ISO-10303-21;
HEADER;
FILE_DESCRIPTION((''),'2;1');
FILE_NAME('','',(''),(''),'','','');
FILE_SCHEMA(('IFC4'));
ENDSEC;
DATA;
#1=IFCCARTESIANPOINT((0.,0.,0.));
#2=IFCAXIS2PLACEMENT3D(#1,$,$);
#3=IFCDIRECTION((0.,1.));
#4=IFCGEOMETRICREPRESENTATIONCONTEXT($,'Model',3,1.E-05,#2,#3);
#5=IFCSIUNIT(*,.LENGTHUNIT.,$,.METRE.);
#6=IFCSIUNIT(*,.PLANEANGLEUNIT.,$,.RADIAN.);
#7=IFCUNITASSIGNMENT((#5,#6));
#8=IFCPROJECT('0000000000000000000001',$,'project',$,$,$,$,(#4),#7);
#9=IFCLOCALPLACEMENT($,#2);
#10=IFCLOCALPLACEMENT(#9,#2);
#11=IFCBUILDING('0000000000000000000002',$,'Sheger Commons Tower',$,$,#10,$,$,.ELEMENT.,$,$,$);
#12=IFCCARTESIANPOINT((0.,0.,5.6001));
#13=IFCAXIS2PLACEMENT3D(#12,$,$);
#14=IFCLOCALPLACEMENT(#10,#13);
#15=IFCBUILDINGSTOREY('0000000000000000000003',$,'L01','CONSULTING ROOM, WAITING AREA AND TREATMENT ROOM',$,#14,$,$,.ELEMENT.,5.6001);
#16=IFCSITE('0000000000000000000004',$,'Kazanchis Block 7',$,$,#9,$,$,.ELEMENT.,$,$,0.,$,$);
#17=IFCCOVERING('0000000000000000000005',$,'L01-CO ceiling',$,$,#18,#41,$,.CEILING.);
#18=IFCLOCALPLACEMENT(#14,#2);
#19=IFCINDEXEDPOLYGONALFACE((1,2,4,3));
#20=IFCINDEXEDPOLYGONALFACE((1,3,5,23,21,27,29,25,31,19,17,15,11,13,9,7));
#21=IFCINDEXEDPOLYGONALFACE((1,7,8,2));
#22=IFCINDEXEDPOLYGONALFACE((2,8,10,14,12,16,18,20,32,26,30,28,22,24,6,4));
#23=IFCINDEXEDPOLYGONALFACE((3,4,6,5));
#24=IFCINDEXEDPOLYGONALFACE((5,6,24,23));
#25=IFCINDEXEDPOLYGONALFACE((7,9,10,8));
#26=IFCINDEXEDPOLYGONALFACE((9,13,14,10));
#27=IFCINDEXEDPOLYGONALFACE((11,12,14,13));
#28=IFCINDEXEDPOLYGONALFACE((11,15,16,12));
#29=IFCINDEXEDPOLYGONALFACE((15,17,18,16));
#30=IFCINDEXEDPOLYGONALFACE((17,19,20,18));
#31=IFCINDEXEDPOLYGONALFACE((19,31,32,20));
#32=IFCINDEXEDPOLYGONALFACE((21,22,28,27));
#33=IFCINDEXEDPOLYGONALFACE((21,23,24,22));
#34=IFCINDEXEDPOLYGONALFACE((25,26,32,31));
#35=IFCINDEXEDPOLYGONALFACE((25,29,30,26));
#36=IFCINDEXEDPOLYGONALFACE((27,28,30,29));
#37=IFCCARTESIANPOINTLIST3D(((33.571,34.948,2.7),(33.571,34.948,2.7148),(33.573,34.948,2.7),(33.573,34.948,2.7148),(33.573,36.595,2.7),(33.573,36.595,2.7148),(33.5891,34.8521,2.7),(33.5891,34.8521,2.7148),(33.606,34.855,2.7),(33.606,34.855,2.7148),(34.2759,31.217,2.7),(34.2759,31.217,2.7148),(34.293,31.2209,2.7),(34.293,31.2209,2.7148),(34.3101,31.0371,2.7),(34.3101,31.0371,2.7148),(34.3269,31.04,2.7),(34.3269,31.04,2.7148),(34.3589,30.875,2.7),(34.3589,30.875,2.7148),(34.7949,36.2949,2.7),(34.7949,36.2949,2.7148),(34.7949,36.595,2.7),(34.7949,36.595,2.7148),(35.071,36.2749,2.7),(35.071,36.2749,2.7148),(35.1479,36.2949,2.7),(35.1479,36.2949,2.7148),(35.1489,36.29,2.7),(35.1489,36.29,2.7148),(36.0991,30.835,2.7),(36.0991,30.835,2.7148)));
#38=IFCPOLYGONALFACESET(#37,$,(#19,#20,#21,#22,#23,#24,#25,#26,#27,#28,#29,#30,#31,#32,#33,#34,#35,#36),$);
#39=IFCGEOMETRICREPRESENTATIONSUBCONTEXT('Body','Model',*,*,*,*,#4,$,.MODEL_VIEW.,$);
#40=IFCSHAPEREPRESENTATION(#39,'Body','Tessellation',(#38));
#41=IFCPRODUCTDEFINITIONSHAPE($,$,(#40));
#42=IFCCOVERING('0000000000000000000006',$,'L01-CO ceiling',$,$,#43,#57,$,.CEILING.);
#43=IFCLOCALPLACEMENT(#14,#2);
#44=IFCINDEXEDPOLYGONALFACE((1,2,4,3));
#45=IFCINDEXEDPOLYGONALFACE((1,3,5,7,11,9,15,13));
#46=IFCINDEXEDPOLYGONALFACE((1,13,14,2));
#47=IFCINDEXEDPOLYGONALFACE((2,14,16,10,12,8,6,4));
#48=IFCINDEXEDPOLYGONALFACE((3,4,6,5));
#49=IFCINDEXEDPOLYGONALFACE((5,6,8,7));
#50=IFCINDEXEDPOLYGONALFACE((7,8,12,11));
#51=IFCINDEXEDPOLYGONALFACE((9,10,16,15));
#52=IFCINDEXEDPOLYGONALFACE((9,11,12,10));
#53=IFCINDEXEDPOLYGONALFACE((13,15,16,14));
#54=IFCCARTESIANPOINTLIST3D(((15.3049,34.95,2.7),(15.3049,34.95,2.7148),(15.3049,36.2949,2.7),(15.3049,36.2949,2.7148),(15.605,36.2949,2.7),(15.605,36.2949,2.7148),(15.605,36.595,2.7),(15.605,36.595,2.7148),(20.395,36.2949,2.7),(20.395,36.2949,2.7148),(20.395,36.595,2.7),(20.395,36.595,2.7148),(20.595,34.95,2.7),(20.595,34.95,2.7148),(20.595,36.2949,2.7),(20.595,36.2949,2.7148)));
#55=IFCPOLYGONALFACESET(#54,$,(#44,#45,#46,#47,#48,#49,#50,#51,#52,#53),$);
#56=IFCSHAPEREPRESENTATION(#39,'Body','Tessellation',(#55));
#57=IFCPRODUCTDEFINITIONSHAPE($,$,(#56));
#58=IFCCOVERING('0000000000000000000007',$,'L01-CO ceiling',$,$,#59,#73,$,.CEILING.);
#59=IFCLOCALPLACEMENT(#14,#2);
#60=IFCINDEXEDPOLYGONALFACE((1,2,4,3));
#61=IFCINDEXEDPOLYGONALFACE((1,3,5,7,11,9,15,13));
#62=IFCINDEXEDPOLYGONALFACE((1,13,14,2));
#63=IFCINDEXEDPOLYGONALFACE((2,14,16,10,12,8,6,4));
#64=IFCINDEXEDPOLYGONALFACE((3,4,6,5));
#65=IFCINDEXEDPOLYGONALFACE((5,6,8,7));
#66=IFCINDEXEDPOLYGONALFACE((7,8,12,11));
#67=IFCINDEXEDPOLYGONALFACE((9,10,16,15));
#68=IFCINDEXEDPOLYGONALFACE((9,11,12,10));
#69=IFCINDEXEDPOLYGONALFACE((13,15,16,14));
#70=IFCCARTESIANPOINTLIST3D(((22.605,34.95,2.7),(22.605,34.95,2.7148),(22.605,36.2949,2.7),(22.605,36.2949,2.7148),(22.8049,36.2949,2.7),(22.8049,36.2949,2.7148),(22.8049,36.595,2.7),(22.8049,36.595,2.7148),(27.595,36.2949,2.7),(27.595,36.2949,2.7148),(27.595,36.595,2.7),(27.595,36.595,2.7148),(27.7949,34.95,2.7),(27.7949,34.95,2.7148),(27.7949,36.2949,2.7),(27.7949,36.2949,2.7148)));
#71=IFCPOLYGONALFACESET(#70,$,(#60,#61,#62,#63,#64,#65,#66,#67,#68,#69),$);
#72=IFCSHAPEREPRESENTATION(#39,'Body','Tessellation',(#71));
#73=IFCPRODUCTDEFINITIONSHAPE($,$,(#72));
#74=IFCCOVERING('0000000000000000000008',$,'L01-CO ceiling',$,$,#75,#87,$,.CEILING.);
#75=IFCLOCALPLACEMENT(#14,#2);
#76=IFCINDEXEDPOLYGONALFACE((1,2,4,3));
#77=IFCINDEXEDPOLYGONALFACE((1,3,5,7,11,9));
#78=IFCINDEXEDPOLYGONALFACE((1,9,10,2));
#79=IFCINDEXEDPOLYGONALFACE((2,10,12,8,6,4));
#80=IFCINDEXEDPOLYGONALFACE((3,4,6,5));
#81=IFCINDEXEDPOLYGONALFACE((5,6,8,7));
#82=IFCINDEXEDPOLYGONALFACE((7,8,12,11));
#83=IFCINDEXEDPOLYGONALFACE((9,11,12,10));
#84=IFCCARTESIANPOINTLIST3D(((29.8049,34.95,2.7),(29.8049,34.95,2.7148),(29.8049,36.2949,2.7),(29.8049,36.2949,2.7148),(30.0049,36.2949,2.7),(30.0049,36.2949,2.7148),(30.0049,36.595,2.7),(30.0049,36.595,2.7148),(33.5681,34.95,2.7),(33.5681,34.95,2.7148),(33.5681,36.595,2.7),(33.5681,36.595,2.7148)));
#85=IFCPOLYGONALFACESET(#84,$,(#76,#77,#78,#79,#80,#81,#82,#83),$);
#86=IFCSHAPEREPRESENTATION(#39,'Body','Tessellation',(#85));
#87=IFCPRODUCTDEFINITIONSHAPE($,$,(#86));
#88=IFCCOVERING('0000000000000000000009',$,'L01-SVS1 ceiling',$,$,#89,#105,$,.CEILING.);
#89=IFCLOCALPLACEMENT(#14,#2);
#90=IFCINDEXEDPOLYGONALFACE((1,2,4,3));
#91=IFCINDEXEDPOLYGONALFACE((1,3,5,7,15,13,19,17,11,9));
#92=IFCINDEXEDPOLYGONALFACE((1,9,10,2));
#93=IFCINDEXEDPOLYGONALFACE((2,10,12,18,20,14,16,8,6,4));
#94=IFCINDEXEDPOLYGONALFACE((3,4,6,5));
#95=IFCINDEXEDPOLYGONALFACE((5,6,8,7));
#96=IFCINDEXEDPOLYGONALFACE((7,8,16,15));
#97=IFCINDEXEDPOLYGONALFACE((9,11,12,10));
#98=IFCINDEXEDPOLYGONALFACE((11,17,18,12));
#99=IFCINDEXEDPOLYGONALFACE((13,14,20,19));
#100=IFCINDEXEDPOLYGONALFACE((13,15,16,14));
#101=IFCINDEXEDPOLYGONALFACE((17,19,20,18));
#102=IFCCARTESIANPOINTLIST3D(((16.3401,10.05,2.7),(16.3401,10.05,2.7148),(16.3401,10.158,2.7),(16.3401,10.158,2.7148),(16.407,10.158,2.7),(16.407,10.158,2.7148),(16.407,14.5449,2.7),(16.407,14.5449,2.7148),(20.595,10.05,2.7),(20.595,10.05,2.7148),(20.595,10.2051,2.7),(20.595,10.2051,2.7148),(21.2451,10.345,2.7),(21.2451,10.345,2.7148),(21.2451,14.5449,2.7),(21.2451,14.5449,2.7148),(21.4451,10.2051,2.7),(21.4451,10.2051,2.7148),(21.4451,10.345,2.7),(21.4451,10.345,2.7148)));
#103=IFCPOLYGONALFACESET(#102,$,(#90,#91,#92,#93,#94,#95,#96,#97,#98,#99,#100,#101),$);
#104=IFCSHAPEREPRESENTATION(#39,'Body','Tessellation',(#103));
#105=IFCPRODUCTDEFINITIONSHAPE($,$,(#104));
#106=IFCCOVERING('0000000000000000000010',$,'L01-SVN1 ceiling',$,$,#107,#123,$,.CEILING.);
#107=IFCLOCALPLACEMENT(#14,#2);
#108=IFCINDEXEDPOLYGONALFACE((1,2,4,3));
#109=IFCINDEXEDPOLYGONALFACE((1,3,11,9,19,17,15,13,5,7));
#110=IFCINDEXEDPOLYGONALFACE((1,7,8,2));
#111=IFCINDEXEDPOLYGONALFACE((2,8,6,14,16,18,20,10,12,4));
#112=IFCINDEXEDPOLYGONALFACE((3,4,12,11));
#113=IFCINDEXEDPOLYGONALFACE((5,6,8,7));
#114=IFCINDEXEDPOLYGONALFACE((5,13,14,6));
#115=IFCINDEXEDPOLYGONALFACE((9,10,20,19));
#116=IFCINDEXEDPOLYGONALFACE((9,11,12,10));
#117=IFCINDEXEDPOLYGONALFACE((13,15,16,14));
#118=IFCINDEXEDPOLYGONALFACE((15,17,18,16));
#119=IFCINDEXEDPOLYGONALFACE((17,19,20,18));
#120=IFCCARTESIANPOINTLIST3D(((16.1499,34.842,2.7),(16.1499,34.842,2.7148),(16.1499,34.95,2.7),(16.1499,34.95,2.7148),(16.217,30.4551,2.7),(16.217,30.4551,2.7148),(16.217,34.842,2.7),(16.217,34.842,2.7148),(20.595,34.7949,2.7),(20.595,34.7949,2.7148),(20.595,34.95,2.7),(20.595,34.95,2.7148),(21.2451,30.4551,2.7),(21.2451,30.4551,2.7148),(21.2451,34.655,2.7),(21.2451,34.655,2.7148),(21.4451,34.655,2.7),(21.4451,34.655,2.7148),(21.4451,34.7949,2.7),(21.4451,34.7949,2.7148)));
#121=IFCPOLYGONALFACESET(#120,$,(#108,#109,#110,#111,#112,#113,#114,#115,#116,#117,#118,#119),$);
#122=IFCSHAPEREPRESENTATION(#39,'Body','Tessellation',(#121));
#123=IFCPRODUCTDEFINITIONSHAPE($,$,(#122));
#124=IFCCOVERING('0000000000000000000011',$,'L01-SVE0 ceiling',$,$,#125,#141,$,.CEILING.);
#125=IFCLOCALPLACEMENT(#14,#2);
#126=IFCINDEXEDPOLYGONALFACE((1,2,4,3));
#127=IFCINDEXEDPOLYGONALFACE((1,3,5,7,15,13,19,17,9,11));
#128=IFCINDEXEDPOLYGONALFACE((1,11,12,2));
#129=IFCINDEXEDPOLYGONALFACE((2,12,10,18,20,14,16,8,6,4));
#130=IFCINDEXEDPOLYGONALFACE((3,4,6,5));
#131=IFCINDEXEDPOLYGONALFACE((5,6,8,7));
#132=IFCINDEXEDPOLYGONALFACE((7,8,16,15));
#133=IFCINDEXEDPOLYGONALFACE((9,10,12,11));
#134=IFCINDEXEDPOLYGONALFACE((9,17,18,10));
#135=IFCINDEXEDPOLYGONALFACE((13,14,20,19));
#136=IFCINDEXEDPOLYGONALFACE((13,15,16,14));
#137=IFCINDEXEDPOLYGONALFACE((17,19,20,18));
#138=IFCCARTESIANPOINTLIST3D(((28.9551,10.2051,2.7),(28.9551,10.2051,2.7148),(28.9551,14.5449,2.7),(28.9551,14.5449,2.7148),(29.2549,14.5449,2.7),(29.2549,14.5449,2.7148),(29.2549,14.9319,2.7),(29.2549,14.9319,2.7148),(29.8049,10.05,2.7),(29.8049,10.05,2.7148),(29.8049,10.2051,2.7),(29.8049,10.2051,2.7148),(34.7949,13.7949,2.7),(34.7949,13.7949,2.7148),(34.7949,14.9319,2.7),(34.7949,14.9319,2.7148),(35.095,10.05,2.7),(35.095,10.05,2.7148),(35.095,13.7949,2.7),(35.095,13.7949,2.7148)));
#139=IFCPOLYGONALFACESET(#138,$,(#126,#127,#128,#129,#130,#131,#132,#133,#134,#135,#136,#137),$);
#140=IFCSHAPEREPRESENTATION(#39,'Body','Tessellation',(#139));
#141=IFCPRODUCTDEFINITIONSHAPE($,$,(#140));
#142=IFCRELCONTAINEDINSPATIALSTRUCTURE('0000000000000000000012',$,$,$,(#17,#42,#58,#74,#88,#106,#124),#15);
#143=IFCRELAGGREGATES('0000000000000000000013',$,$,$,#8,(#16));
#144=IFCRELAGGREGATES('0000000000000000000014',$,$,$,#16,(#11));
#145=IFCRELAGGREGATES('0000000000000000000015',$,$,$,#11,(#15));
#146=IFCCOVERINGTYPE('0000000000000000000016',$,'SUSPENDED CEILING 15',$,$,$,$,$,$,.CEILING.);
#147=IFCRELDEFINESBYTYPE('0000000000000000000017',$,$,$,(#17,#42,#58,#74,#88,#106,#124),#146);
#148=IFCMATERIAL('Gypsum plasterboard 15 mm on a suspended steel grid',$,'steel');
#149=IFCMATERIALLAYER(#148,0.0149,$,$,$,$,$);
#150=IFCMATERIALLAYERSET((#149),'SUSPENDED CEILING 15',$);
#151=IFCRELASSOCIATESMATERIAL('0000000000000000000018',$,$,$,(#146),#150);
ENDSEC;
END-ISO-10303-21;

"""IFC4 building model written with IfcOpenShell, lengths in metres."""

from ifc_helpers import new_model, si_unit, direction, frame, origin, place, context, subcontext, project, spatial, polyline, outline, extrude, material, layer, layer_set, type_object, element, save


model = new_model("IFC4")

# Units and contexts
model_context = context("Model", 3, precision=1e-05, world=origin(), true_north=direction((0.0, 1.0)))
body_context = subcontext(model_context, "Body", "Model", "MODEL_VIEW")
ifc_project = project(units=[si_unit("LENGTHUNIT", "METRE"), si_unit("PLANEANGLEUNIT", "RADIAN")], contexts=[model_context])

# Site, building, storey
site_placement = place(None, origin())
site = spatial("IfcSite", under=ifc_project, at=site_placement, Name="Kazanchis Block 7", CompositionType="ELEMENT", RefElevation=0.0)
building_placement = place(site_placement, origin())
building = spatial("IfcBuilding", under=site, at=building_placement, Name="Sheger Commons Tower", CompositionType="ELEMENT")
storey_placement = place(building_placement, frame((0.0, 0.0, 5.6001)))
storey = spatial("IfcBuildingStorey", under=building, at=storey_placement, Name="L01", Description="CONSULTING ROOM, WAITING AREA AND TREATMENT ROOM", CompositionType="ELEMENT", Elevation=5.6001)

# Coverings
ifc_material_1 = material(Name="Gypsum plasterboard 15 mm on a suspended steel grid", Category="steel")
ifc_layer_1 = layer(ifc_material_1, 0.0149)
ifc_layer_set_1 = layer_set([ifc_layer_1], Name="SUSPENDED CEILING 15")
covering_type_1 = type_object("IfcCoveringType", Name="SUSPENDED CEILING 15", PredefinedType="CEILING", material=ifc_layer_set_1)
covering_1_placement = place(storey_placement, frame((0.0, 0.0, 2.7)))
element("IfcCovering", 1, at=covering_1_placement, inside=storey, type_object=covering_type_1, Name="L01-CO ceiling", PredefinedType="CEILING", context=body_context, shape_type="SweptSolid", body=[
    extrude(outline(polyline([(36.0991, 30.835), (35.071, 36.2749), (35.1489, 36.29), (35.1479, 36.2949), (34.7949, 36.2949), (34.7949, 36.595), (33.573, 36.595), (33.573, 34.948), (33.571, 34.948), (33.5891, 34.8521), (33.606, 34.855), (34.293, 31.2209), (34.2759, 31.217), (34.3101, 31.0371), (34.3269, 31.04), (34.3589, 30.875), (36.0991, 30.835)])), origin(), (0.0, 0.0, 1.0), 0.0149),
])
covering_2_placement = place(storey_placement, frame((0.0, 0.0, 2.7)))
element("IfcCovering", 2, at=covering_2_placement, inside=storey, type_object=covering_type_1, Name="L01-CO ceiling", PredefinedType="CEILING", context=body_context, shape_type="SweptSolid", body=[
    extrude(outline(polyline([(15.3049, 34.95), (20.595, 34.95), (20.595, 36.2949), (20.395, 36.2949), (20.395, 36.595), (15.605, 36.595), (15.605, 36.2949), (15.3049, 36.2949), (15.3049, 34.95)])), origin(), (0.0, 0.0, 1.0), 0.0149),
])
covering_3_placement = place(storey_placement, frame((0.0, 0.0, 2.7)))
element("IfcCovering", 3, at=covering_3_placement, inside=storey, type_object=covering_type_1, Name="L01-CO ceiling", PredefinedType="CEILING", context=body_context, shape_type="SweptSolid", body=[
    extrude(outline(polyline([(22.605, 34.95), (27.7949, 34.95), (27.7949, 36.2949), (27.595, 36.2949), (27.595, 36.595), (22.8049, 36.595), (22.8049, 36.2949), (22.605, 36.2949), (22.605, 34.95)])), origin(), (0.0, 0.0, 1.0), 0.0149),
])
covering_4_placement = place(storey_placement, frame((0.0, 0.0, 2.7)))
element("IfcCovering", 4, at=covering_4_placement, inside=storey, type_object=covering_type_1, Name="L01-CO ceiling", PredefinedType="CEILING", context=body_context, shape_type="SweptSolid", body=[
    extrude(outline(polyline([(29.8049, 34.95), (33.5681, 34.95), (33.5681, 36.595), (30.0049, 36.595), (30.0049, 36.2949), (29.8049, 36.2949), (29.8049, 34.95)])), origin(), (0.0, 0.0, 1.0), 0.0149),
])
covering_5_placement = place(storey_placement, frame((0.0, 0.0, 2.7)))
element("IfcCovering", 5, at=covering_5_placement, inside=storey, type_object=covering_type_1, Name="L01-SVS1 ceiling", PredefinedType="CEILING", context=body_context, shape_type="SweptSolid", body=[
    extrude(outline(polyline([(16.3401, 10.05), (20.595, 10.05), (20.595, 10.2051), (21.4451, 10.2051), (21.4451, 10.345), (21.2451, 10.345), (21.2451, 14.5449), (16.407, 14.5449), (16.407, 10.158), (16.3401, 10.158), (16.3401, 10.05)])), origin(), (0.0, 0.0, 1.0), 0.0149),
])
covering_6_placement = place(storey_placement, frame((0.0, 0.0, 2.7)))
element("IfcCovering", 6, at=covering_6_placement, inside=storey, type_object=covering_type_1, Name="L01-SVN1 ceiling", PredefinedType="CEILING", context=body_context, shape_type="SweptSolid", body=[
    extrude(outline(polyline([(16.217, 30.4551), (21.2451, 30.4551), (21.2451, 34.655), (21.4451, 34.655), (21.4451, 34.7949), (20.595, 34.7949), (20.595, 34.95), (16.1499, 34.95), (16.1499, 34.842), (16.217, 34.842), (16.217, 30.4551)])), origin(), (0.0, 0.0, 1.0), 0.0149),
])
covering_7_placement = place(storey_placement, frame((0.0, 0.0, 2.7)))
element("IfcCovering", 7, at=covering_7_placement, inside=storey, type_object=covering_type_1, Name="L01-SVE0 ceiling", PredefinedType="CEILING", context=body_context, shape_type="SweptSolid", body=[
    extrude(outline(polyline([(29.8049, 10.05), (35.095, 10.05), (35.095, 13.7949), (34.7949, 13.7949), (34.7949, 14.9319), (29.2549, 14.9319), (29.2549, 14.5449), (28.9551, 14.5449), (28.9551, 10.2051), (29.8049, 10.2051), (29.8049, 10.05)])), origin(), (0.0, 0.0, 1.0), 0.0149),
])

save(model, "model.ifc")
